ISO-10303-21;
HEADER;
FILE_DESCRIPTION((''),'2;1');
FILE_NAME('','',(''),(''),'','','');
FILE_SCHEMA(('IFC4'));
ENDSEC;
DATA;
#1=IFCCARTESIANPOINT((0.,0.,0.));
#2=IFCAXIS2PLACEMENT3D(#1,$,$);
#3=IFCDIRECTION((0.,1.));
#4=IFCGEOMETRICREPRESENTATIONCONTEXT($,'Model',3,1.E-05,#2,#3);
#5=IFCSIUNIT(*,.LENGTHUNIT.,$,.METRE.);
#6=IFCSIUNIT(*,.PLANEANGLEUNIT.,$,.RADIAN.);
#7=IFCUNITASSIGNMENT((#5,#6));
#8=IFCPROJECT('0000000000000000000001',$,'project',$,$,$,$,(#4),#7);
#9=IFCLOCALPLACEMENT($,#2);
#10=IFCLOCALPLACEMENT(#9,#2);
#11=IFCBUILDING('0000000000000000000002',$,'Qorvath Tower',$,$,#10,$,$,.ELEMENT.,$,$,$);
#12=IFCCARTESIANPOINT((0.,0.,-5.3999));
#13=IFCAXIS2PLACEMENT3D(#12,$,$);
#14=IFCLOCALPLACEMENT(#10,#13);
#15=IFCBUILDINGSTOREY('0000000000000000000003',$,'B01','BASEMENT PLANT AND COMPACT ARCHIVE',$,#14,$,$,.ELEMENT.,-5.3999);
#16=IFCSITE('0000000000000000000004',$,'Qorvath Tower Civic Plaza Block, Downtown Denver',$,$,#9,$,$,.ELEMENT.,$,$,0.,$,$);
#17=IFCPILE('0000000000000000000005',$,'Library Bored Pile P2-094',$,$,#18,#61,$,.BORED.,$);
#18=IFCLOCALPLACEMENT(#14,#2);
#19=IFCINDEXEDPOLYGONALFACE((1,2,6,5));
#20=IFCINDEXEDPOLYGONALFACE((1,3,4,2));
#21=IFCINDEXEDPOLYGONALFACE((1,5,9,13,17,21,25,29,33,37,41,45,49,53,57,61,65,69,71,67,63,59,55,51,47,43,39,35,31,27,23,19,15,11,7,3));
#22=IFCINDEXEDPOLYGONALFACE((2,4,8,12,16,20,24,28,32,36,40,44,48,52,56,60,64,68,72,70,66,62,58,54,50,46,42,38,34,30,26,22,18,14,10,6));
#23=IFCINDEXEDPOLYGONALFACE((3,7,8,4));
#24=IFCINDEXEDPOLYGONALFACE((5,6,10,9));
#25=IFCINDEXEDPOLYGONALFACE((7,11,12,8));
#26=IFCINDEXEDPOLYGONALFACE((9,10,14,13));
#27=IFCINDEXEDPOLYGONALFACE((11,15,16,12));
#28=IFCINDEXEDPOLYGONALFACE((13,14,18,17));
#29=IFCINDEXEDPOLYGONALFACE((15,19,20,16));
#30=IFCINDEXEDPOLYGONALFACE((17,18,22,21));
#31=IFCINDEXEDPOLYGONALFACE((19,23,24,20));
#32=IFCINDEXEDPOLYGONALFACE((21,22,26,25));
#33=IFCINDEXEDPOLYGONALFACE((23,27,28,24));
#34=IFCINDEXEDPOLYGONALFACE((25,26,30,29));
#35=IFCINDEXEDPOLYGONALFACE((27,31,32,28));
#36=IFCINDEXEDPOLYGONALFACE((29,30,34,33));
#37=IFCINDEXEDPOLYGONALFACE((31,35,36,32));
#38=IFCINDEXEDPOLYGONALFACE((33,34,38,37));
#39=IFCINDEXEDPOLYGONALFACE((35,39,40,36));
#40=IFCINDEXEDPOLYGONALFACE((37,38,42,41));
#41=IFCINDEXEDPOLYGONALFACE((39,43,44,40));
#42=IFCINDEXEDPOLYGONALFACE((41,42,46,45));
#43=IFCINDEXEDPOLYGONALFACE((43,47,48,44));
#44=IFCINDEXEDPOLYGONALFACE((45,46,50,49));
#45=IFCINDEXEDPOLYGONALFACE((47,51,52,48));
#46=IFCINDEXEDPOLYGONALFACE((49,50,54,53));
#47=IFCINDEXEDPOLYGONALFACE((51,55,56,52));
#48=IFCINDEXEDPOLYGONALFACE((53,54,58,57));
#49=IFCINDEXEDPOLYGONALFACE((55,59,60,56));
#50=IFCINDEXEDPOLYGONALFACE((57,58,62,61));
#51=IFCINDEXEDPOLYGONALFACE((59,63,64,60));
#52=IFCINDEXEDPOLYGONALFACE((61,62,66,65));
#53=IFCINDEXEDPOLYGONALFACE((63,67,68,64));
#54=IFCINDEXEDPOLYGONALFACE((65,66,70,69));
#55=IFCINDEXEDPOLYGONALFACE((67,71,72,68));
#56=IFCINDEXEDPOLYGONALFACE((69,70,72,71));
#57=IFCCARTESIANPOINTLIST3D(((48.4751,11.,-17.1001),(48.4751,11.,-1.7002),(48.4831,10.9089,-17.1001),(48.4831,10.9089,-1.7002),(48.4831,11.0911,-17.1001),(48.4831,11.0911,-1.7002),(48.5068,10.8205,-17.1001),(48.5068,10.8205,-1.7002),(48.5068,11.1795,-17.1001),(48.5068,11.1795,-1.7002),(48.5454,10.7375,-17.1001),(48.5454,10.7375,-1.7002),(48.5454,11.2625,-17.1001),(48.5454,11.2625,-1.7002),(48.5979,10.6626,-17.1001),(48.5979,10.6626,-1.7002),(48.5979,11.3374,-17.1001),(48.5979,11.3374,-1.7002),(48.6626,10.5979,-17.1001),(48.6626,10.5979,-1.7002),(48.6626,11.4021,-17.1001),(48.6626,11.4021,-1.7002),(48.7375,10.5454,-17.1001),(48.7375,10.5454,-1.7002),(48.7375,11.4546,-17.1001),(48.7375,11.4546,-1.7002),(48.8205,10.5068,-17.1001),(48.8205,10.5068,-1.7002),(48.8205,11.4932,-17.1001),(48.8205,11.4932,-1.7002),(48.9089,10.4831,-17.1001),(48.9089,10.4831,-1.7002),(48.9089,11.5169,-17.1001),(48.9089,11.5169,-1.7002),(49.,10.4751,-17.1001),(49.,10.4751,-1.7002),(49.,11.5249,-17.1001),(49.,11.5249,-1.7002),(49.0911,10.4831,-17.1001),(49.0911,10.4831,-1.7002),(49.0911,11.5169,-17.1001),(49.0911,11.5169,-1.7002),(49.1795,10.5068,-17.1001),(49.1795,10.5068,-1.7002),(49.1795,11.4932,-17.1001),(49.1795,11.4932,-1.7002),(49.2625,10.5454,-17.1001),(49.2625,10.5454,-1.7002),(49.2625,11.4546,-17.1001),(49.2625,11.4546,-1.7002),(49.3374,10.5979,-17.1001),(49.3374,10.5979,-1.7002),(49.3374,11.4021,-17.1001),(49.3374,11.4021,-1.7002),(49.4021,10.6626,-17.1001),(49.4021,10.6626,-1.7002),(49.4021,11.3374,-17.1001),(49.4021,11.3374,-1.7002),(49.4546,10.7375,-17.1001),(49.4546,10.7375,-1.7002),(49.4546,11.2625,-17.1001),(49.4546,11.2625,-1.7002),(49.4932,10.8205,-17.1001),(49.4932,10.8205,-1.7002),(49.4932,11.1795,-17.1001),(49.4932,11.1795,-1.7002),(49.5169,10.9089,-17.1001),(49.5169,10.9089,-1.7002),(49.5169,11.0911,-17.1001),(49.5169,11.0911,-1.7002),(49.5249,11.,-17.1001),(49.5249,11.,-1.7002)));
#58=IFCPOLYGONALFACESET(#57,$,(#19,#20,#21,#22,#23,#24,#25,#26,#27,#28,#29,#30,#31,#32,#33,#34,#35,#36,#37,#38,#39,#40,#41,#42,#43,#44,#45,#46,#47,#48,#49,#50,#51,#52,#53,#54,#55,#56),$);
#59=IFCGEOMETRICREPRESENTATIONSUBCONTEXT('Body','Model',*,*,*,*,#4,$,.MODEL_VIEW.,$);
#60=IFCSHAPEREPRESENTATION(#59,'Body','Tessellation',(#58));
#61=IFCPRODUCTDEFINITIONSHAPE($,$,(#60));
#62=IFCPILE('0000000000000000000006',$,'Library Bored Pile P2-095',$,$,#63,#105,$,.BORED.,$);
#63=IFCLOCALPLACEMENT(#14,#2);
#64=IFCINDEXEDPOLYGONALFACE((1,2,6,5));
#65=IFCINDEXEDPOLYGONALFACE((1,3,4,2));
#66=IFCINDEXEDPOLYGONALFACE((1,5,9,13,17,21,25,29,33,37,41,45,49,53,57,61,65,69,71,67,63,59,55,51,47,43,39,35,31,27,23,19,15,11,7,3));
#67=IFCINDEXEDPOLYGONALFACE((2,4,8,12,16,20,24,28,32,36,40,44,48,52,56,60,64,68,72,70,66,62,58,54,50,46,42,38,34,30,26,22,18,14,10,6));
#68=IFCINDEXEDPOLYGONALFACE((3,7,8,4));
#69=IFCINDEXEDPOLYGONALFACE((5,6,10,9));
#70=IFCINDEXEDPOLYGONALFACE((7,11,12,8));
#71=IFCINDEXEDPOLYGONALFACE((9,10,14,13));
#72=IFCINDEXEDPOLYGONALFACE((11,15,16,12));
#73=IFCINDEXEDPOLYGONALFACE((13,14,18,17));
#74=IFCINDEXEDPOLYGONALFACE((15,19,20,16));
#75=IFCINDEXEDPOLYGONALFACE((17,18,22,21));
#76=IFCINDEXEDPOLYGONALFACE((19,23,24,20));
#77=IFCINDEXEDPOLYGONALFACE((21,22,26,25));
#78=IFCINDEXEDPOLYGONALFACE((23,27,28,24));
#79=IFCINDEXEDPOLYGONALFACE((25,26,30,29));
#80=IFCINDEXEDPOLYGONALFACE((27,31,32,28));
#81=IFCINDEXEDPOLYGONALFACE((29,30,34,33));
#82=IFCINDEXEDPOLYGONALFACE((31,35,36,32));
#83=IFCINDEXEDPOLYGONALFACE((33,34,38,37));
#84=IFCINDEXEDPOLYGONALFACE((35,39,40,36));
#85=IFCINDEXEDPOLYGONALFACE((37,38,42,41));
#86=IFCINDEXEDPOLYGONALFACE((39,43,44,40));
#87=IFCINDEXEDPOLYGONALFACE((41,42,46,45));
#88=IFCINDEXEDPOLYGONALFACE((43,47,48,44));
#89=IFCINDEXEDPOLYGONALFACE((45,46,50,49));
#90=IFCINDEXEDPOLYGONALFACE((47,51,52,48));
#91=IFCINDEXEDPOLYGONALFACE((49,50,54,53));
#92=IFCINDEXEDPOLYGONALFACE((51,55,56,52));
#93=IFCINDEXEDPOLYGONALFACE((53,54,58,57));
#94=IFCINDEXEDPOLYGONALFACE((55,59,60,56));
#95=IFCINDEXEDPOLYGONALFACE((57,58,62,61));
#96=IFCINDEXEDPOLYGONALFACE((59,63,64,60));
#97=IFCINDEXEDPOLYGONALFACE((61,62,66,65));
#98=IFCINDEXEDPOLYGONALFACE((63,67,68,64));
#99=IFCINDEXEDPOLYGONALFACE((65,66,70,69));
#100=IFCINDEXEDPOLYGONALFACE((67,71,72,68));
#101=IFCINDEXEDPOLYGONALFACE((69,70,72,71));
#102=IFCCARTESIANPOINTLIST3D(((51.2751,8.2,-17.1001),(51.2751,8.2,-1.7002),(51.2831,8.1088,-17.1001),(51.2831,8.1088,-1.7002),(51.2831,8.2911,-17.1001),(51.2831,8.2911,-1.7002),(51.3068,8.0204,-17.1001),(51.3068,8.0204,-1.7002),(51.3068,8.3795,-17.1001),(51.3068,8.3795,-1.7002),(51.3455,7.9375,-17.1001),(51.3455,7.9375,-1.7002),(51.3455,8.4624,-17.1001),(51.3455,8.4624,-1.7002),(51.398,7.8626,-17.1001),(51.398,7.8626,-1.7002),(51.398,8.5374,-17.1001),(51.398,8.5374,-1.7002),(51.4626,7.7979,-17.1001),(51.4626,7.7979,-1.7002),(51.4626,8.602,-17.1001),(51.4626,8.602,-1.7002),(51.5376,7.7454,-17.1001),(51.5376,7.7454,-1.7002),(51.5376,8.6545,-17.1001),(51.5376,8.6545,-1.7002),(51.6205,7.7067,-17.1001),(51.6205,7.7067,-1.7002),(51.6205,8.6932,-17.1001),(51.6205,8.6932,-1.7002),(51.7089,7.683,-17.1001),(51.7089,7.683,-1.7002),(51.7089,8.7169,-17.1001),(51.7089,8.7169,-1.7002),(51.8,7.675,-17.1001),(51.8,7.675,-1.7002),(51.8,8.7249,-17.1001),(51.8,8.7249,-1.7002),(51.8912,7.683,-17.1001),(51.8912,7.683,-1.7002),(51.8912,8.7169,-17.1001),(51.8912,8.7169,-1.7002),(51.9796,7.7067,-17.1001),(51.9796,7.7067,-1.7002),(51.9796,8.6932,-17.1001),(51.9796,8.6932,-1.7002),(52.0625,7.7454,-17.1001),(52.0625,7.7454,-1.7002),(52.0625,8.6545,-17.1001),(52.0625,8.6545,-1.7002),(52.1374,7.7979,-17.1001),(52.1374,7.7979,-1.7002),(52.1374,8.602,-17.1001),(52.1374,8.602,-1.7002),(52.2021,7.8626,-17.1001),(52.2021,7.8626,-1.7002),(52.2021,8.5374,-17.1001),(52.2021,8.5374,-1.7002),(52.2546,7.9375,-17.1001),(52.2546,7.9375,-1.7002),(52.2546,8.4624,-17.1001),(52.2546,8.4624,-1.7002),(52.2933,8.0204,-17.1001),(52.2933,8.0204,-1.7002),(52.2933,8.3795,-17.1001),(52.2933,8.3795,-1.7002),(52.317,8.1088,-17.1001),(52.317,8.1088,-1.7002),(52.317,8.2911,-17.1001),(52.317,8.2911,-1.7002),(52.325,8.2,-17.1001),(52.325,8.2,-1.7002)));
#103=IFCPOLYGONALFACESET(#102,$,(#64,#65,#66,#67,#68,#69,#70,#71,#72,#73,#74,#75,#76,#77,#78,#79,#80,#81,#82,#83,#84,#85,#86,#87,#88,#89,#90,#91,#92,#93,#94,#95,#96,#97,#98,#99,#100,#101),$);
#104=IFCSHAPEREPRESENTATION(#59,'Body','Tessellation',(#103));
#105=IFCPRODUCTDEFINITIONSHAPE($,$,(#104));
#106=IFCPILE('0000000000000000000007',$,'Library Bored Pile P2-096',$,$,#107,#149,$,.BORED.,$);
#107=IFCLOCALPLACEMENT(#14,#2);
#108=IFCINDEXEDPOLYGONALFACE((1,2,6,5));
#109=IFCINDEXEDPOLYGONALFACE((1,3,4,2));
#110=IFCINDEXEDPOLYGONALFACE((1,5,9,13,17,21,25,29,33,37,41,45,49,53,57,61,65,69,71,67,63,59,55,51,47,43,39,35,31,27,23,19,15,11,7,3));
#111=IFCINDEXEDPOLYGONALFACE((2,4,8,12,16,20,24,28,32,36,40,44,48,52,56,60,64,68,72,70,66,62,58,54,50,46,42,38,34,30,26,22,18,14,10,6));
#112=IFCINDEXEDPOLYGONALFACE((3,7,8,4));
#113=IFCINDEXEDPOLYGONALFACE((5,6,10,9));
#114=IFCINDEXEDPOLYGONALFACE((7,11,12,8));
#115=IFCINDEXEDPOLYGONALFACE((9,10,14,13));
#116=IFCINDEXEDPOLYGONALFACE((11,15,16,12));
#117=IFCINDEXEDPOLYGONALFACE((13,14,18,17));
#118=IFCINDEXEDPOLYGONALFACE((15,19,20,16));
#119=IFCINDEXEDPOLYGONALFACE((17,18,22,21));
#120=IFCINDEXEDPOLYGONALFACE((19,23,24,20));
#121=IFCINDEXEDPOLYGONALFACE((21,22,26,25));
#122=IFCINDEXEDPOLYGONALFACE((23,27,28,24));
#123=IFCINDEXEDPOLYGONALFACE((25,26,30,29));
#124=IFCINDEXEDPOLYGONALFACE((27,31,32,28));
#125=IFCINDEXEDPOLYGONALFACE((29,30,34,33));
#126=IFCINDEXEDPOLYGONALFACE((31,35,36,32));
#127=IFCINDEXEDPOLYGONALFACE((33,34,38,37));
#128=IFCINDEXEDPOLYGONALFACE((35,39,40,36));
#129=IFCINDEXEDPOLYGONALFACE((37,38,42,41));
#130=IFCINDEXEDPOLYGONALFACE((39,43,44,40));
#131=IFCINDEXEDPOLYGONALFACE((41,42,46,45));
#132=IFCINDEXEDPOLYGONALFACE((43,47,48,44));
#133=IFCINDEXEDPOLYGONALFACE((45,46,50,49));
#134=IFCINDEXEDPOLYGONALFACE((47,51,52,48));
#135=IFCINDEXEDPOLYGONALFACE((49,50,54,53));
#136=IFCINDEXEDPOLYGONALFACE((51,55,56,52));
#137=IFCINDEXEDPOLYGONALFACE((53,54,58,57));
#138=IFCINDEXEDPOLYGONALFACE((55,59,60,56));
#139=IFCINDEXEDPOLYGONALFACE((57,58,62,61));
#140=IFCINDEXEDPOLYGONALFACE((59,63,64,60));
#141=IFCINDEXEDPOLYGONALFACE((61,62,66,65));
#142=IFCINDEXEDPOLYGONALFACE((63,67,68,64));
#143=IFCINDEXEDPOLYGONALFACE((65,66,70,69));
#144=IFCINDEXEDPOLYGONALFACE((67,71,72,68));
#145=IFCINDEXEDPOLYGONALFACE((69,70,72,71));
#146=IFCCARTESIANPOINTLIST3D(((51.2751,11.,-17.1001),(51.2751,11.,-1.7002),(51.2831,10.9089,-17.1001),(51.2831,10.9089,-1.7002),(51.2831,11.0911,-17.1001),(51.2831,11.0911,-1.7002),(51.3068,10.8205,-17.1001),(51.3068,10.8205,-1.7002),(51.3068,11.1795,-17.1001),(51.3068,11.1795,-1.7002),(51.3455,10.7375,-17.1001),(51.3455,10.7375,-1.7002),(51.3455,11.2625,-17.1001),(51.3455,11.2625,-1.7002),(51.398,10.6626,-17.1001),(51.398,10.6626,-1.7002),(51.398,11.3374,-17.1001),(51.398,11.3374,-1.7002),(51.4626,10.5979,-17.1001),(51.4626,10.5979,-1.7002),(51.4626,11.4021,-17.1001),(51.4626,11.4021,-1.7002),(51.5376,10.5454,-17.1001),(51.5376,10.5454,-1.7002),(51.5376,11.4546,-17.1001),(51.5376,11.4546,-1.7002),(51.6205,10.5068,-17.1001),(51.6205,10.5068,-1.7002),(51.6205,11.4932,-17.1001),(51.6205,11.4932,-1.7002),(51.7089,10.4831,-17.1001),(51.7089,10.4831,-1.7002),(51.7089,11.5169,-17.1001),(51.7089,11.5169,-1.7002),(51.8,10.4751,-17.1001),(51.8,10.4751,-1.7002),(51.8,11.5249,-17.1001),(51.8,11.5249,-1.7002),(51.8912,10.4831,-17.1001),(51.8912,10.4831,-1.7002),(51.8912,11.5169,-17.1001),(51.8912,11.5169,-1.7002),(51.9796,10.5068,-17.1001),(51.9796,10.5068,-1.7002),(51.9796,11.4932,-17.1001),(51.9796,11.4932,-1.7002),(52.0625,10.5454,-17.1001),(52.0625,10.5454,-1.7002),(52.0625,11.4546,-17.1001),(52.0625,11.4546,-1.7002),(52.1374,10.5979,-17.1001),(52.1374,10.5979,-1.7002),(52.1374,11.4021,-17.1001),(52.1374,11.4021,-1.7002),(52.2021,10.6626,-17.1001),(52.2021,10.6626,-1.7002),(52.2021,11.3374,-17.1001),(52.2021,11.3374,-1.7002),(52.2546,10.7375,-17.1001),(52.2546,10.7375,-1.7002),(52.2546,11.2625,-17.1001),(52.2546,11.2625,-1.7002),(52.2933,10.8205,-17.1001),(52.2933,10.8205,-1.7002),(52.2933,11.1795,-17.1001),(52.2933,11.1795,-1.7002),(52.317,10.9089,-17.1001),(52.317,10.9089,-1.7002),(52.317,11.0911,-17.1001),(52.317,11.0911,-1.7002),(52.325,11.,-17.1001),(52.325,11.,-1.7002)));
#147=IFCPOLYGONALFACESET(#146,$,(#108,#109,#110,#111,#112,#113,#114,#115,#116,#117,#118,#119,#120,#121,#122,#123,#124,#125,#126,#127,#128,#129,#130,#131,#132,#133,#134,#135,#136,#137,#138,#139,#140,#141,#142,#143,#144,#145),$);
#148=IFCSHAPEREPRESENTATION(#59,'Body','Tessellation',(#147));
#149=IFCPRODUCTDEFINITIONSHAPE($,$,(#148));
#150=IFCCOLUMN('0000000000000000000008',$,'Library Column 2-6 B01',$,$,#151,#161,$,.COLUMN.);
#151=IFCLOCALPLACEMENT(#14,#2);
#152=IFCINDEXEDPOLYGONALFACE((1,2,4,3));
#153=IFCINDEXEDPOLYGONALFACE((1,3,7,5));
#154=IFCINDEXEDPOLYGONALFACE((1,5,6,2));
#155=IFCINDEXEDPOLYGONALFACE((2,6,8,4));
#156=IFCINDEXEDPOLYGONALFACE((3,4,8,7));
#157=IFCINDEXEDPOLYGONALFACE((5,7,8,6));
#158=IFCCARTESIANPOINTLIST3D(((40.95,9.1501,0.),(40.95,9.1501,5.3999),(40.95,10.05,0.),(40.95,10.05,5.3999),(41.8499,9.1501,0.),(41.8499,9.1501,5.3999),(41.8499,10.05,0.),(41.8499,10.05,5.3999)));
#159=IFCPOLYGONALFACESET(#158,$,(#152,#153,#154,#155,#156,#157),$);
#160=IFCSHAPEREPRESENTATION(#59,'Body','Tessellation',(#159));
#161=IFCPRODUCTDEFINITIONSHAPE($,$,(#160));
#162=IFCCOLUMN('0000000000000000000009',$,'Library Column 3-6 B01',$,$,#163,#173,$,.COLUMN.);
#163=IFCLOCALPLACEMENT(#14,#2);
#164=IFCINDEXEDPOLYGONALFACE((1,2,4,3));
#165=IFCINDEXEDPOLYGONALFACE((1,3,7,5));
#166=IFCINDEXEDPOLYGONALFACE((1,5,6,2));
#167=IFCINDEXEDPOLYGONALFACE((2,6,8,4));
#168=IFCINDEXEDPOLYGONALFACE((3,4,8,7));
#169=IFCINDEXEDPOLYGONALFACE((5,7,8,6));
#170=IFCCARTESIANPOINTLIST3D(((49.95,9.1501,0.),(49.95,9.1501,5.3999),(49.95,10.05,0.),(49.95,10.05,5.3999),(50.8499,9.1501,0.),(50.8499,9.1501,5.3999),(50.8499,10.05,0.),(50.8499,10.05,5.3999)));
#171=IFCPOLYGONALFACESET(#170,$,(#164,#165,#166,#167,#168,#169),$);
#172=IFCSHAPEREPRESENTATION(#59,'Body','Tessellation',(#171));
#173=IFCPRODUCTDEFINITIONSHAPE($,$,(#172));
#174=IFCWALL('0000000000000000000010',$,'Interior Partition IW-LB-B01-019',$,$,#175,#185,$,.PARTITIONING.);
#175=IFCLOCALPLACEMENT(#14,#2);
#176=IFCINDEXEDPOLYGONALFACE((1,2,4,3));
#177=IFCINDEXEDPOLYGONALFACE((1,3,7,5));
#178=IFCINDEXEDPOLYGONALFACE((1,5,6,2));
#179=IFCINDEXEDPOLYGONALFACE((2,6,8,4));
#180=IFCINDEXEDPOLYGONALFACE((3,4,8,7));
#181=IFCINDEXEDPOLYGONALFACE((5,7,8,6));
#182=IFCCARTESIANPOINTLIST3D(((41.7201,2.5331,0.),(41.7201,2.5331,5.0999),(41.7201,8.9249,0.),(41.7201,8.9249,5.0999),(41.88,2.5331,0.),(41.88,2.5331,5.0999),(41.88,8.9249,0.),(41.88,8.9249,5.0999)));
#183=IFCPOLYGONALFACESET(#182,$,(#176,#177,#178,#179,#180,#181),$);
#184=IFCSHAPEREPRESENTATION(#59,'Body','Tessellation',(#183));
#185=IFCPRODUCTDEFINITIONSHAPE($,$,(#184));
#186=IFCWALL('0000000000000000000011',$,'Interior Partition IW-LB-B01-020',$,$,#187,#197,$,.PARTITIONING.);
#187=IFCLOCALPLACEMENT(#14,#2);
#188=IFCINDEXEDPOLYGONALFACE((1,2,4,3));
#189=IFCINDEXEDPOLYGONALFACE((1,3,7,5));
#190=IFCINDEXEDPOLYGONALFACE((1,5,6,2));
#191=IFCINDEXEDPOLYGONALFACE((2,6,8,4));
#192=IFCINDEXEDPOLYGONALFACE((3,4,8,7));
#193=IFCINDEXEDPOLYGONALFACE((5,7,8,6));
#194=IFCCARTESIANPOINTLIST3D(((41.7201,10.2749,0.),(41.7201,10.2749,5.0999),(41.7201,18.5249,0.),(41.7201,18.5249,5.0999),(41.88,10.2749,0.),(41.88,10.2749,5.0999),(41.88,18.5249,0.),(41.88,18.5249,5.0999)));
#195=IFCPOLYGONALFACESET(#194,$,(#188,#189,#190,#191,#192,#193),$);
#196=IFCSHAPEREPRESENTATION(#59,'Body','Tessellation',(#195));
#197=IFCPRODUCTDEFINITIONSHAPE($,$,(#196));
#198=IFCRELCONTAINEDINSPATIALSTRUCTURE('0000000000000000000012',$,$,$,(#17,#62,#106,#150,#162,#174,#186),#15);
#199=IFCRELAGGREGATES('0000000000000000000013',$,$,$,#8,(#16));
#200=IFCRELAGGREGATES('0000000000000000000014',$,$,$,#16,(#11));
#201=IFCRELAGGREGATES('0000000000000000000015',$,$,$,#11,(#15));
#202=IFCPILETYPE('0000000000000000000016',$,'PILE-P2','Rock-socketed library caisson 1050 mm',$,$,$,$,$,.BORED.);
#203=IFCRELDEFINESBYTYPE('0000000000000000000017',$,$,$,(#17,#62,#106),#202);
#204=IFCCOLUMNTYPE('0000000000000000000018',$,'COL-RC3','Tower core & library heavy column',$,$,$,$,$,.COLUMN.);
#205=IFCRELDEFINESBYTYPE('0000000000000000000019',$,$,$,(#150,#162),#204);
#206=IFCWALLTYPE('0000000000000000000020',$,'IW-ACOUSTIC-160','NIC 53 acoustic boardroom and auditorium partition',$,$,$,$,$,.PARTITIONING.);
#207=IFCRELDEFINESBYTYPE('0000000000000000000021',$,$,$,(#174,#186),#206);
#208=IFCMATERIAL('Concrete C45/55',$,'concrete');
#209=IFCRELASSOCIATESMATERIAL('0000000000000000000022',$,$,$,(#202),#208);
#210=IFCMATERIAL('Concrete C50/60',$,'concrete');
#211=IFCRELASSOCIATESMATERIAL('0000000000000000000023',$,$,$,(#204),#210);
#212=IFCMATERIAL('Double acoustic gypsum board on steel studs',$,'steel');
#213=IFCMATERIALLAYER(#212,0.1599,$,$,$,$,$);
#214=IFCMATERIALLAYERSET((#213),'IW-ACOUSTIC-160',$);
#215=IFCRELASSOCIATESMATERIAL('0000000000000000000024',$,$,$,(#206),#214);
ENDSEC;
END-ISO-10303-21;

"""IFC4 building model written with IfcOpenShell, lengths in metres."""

from ifc_helpers import new_model, si_unit, direction, frame, frame_2d, origin, origin_2d, place, context, subcontext, project, spatial, rectangle, circle, extrude, material, layer, layer_set, material_profile, profile_set, type_object, element, save


model = new_model("IFC4")

# Units and contexts
model_context = context("Model", 3, precision=1e-05, world=origin(), true_north=direction((0.0, 1.0)))
body_context = subcontext(model_context, "Body", "Model", "MODEL_VIEW")
ifc_project = project(units=[si_unit("LENGTHUNIT", "METRE"), si_unit("PLANEANGLEUNIT", "RADIAN")], contexts=[model_context])

# Site, building, storey
site_placement = place(None, origin())
site = spatial("IfcSite", under=ifc_project, at=site_placement, Name="Qorvath Tower Civic Plaza Block, Downtown Denver", CompositionType="ELEMENT", RefElevation=0.0)
building_placement = place(site_placement, origin())
building = spatial("IfcBuilding", under=site, at=building_placement, Name="Qorvath Tower", CompositionType="ELEMENT")
storey_placement = place(building_placement, frame((0.0, 0.0, -5.3999)))
storey = spatial("IfcBuildingStorey", under=building, at=storey_placement, Name="B01", Description="BASEMENT PLANT AND COMPACT ARCHIVE", CompositionType="ELEMENT", Elevation=-5.3999)

# Piles
ifc_material_1 = material(Name="Concrete C45/55", Category="concrete")
ifc_material_profile_1 = material_profile(ifc_material_1, circle(Radius=0.5249, at=origin_2d()), Name="BORED PILE 1050")
ifc_profile_set_1 = profile_set([ifc_material_profile_1], Name="Concrete C45/55")
pile_type = type_object("IfcPileType", Name="PILE-P2", Description="Rock-socketed library caisson 1050 mm", PredefinedType="BORED", material=ifc_profile_set_1)
for number, where, z_axis, x_axis, name in (
    (1, (49.0, 11.0, -1.7002), (0.0, 0.0, -1.0), (1.0, 0.0, 0.0), "Library Bored Pile P2-094"),
    (2, (51.8, 8.2, -1.7002), (0.0, 0.0, -1.0), (1.0, 0.0, 0.0), "Library Bored Pile P2-095"),
    (3, (51.8, 11.0, -1.7002), (0.0, 0.0, -1.0), (1.0, 0.0, 0.0), "Library Bored Pile P2-096"),
):
    element("IfcPile", number, at=place(storey_placement, frame(where, z_axis=z_axis, x_axis=x_axis)), inside=storey, type_object=pile_type, Name=name, PredefinedType="BORED", context=body_context, shape_type="SweptSolid", body=[
        extrude(circle(Radius=0.5249, at=origin_2d()), origin(), (0.0, 0.0, 1.0), 15.3999),
    ])

# Columns
ifc_material_2 = material(Name="Concrete C50/60", Category="concrete")
ifc_material_profile_2 = material_profile(ifc_material_2, rectangle(XDim=0.8999, YDim=0.8999, at=origin_2d()), Name="RC 900x900")
ifc_profile_set_2 = profile_set([ifc_material_profile_2], Name="Concrete C50/60")
column_type = type_object("IfcColumnType", Name="COL-RC3", Description="Tower core & library heavy column", PredefinedType="COLUMN", material=ifc_profile_set_2)
for number, where, z_axis, x_axis, name in (
    (4, (41.3999, 9.6001, 0.0), (0.0, 0.0, 1.0), (1.0, 0.0, 0.0), "Library Column 2-6 B01"),
    (5, (50.3999, 9.6001, 0.0), (0.0, 0.0, 1.0), (1.0, 0.0, 0.0), "Library Column 3-6 B01"),
):
    element("IfcColumn", number, at=place(storey_placement, frame(where, z_axis=z_axis, x_axis=x_axis)), inside=storey, type_object=column_type, Name=name, PredefinedType="COLUMN", context=body_context, shape_type="SweptSolid", body=[
        extrude(rectangle(XDim=0.8999, YDim=0.8999, at=origin_2d()), origin(), (0.0, 0.0, 1.0), 5.3999),
    ])

# Walls
ifc_material_3 = material(Name="Double acoustic gypsum board on steel studs", Category="steel")
ifc_layer_1 = layer(ifc_material_3, 0.1599)
ifc_layer_set_1 = layer_set([ifc_layer_1], Name="IW-ACOUSTIC-160")
wall_type_1 = type_object("IfcWallType", Name="IW-ACOUSTIC-160", Description="NIC 53 acoustic boardroom and auditorium partition", PredefinedType="PARTITIONING", material=ifc_layer_set_1)
wall_1_placement = place(storey_placement, frame((41.8, 2.5332, 0.0), z_axis=(0.0, 0.0, 1.0), x_axis=(0.0, 1.0, 0.0)))
element("IfcWall", 6, at=wall_1_placement, inside=storey, type_object=wall_type_1, Name="Interior Partition IW-LB-B01-019", PredefinedType="PARTITIONING", context=body_context, shape_type="SweptSolid", body=[
    extrude(rectangle(XDim=6.3918, YDim=0.1599, at=frame_2d((3.1958, 0.0))), origin(), (0.0, 0.0, 1.0), 5.0999),
])
wall_2_placement = place(storey_placement, frame((41.8, 10.2749, 0.0), z_axis=(0.0, 0.0, 1.0), x_axis=(0.0, 1.0, 0.0)))
element("IfcWall", 7, at=wall_2_placement, inside=storey, type_object=wall_type_1, Name="Interior Partition IW-LB-B01-020", PredefinedType="PARTITIONING", context=body_context, shape_type="SweptSolid", body=[
    extrude(rectangle(XDim=8.25, YDim=0.1599, at=frame_2d((4.125, 0.0))), origin(), (0.0, 0.0, 1.0), 5.0999),
])

save(model, "model.ifc")
